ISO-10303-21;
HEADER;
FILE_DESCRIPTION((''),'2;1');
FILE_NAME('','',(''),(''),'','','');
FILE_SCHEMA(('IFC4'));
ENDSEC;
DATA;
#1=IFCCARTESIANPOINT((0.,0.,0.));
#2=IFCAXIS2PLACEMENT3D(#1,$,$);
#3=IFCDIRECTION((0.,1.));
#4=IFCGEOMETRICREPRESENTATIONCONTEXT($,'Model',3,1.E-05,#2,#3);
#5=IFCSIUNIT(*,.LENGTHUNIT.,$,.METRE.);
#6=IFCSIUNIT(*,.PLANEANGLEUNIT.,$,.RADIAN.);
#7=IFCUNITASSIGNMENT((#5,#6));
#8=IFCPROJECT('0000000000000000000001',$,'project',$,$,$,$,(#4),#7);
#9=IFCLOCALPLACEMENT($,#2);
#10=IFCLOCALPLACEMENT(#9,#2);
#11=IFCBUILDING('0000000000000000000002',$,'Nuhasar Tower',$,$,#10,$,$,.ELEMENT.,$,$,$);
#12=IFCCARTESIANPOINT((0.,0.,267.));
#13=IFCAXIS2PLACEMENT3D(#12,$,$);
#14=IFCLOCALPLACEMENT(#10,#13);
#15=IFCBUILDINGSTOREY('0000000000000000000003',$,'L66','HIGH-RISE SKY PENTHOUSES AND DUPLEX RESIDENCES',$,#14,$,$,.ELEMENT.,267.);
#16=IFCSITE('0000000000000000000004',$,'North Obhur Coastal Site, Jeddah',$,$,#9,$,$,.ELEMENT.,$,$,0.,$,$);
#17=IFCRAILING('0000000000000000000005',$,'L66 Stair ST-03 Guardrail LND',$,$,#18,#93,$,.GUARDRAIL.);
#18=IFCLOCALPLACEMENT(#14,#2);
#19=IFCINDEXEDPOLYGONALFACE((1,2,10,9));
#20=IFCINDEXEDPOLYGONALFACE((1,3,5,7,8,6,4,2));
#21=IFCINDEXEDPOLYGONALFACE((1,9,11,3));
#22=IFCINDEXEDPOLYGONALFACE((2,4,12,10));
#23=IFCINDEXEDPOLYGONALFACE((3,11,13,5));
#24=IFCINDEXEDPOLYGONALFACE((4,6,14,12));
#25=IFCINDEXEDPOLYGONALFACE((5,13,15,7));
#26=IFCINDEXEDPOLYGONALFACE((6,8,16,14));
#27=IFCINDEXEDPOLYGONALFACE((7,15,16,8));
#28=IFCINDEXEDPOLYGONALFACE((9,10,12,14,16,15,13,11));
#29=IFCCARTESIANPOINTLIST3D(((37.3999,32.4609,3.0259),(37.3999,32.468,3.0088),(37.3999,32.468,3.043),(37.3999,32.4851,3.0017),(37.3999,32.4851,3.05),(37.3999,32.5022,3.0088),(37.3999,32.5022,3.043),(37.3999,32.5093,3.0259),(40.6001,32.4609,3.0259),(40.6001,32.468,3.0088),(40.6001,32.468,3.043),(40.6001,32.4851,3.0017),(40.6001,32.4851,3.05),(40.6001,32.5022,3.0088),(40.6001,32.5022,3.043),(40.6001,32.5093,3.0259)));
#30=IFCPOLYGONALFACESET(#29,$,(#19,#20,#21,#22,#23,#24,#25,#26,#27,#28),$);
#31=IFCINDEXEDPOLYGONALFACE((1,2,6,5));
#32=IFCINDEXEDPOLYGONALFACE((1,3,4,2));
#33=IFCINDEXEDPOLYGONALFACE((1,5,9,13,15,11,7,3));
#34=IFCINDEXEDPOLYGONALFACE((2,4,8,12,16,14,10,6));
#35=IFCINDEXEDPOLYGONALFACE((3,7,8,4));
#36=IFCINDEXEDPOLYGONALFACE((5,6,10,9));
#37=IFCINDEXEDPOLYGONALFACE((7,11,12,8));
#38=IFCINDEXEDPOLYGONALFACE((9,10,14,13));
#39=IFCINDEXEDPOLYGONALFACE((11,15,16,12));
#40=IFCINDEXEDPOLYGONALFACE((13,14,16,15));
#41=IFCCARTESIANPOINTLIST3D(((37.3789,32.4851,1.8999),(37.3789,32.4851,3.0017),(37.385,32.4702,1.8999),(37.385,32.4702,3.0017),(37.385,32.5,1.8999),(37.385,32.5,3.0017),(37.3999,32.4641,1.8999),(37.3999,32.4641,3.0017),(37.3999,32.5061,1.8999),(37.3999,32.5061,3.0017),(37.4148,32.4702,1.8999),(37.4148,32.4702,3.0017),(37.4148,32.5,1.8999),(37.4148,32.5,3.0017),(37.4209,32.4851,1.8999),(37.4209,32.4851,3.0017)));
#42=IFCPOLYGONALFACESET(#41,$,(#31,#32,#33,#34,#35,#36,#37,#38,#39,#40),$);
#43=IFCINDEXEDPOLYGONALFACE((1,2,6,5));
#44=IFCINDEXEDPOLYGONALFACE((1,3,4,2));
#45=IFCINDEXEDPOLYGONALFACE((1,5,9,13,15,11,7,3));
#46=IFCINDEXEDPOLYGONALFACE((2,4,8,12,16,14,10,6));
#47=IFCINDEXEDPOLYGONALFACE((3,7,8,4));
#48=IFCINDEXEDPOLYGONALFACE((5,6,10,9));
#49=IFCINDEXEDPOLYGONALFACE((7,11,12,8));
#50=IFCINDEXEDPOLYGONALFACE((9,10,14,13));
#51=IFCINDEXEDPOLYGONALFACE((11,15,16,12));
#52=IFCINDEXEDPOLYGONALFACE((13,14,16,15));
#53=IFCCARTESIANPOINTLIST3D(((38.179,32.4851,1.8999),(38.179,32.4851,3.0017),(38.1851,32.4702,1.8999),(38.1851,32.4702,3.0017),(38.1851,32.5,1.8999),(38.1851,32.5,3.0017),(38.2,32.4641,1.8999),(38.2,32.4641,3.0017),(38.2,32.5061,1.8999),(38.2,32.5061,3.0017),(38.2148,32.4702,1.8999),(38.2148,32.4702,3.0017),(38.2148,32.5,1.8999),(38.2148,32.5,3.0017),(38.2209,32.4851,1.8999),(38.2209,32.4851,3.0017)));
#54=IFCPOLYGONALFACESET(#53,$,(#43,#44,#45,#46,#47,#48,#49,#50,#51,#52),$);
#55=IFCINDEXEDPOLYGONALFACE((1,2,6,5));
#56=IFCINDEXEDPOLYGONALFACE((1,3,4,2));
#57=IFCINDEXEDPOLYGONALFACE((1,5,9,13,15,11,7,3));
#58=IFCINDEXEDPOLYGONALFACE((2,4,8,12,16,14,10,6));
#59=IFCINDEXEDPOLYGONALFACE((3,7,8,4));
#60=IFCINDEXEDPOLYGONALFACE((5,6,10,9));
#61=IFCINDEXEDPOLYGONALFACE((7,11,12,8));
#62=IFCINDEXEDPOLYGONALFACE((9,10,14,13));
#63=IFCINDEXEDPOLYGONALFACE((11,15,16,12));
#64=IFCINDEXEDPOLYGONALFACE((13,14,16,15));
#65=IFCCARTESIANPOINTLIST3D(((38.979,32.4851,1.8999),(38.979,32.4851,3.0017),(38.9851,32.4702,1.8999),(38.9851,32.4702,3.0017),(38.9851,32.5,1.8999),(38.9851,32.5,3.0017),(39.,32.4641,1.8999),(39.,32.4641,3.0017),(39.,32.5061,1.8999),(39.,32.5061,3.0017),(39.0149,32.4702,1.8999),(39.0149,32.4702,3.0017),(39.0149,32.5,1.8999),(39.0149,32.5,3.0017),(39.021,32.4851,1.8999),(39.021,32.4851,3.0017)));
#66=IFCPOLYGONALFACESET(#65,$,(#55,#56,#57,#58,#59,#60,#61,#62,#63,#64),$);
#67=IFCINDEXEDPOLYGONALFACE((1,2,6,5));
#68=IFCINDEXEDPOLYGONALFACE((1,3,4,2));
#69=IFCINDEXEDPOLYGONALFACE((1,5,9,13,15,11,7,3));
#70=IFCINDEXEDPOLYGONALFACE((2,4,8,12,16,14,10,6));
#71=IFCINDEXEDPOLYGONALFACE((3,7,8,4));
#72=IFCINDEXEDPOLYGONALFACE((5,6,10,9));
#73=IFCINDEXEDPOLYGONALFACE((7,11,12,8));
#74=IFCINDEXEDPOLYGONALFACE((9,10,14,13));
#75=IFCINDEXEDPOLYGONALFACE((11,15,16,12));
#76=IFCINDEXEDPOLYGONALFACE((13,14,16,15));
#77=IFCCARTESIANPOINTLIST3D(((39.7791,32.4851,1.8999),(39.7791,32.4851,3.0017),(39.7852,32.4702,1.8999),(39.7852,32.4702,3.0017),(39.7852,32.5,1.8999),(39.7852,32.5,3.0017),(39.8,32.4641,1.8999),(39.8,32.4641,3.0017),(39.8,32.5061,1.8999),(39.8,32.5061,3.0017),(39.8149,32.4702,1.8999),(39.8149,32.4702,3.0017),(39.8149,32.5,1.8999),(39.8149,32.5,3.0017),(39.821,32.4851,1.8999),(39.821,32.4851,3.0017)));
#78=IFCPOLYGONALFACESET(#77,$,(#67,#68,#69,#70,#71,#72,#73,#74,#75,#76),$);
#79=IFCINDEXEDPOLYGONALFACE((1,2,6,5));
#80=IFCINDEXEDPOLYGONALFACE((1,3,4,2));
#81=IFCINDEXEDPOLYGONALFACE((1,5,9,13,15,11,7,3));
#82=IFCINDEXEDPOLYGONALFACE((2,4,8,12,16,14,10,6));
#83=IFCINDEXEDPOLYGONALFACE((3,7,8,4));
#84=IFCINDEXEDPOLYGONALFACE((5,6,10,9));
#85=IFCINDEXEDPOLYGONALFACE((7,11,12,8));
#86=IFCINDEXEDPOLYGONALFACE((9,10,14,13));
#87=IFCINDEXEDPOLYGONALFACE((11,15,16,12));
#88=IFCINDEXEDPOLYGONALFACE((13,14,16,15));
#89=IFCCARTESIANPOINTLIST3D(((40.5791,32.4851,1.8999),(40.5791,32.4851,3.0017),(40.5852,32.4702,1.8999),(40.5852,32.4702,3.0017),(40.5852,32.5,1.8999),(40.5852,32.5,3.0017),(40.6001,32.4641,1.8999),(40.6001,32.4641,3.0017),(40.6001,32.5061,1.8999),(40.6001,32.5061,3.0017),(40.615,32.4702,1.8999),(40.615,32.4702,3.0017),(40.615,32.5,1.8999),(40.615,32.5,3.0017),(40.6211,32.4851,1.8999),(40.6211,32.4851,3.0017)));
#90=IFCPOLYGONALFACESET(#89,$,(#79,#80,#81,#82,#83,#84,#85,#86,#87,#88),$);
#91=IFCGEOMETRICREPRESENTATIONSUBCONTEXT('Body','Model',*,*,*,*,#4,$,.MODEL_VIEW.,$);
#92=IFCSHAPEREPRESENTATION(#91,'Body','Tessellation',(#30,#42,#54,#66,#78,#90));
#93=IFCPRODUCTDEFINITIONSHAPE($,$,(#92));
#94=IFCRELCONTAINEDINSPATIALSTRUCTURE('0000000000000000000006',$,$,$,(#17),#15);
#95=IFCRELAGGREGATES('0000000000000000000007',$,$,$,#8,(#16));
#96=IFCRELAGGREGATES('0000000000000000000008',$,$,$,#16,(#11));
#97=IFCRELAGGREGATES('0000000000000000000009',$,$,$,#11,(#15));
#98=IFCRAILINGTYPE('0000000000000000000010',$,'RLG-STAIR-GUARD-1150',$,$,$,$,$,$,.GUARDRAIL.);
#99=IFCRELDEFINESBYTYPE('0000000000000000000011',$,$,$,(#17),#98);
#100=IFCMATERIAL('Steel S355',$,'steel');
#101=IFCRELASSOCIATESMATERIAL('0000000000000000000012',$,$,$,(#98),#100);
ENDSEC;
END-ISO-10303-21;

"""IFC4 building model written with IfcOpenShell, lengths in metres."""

from ifc_helpers import new_model, si_unit, direction, frame, origin, place, context, subcontext, project, spatial, polyline, outline, extrude, material, type_object, element, save


model = new_model("IFC4")

# Units and contexts
model_context = context("Model", 3, precision=1e-05, world=origin(), true_north=direction((0.0, 1.0)))
body_context = subcontext(model_context, "Body", "Model", "MODEL_VIEW")
ifc_project = project(units=[si_unit("LENGTHUNIT", "METRE"), si_unit("PLANEANGLEUNIT", "RADIAN")], contexts=[model_context])

# Site, building, storey
site_placement = place(None, origin())
site = spatial("IfcSite", under=ifc_project, at=site_placement, Name="North Obhur Coastal Site, Jeddah", CompositionType="ELEMENT", RefElevation=0.0)
building_placement = place(site_placement, origin())
building = spatial("IfcBuilding", under=site, at=building_placement, Name="Nuhasar Tower", CompositionType="ELEMENT")
storey_placement = place(building_placement, frame((0.0, 0.0, 267.0)))
storey = spatial("IfcBuildingStorey", under=building, at=storey_placement, Name="L66", Description="HIGH-RISE SKY PENTHOUSES AND DUPLEX RESIDENCES", CompositionType="ELEMENT", Elevation=267.0)

# Shared definitions
ifc_material_1 = material(Name="Steel S355", Category="steel")

# Railing
railing_type_1 = type_object("IfcRailingType", Name="RLG-STAIR-GUARD-1150", PredefinedType="GUARDRAIL", material=ifc_material_1)
railing_1_placement = place(storey_placement, frame((37.3999, 32.4851, 1.8999)))
element("IfcRailing", 1, at=railing_1_placement, inside=storey, type_object=railing_type_1, Name="L66 Stair ST-03 Guardrail LND", PredefinedType="GUARDRAIL", context=body_context, shape_type="SweptSolid", body=[
    extrude(outline(polyline([(0.0242, 0.0), (0.0171, 0.0171), (0.0, 0.0242), (-0.0171, 0.0171), (-0.0242, 0.0), (-0.0171, -0.0171), (0.0, -0.0242), (0.0171, -0.0171), (0.0242, 0.0)])), frame((0.0, 0.0, 1.126), z_axis=(1.0, 0.0, 0.0), x_axis=(0.0, 1.0, 0.0)), (0.0, 0.0, 1.0), 3.2002),
    extrude(outline(polyline([(0.021, 0.0), (0.0149, 0.0149), (0.0, 0.021), (-0.0149, 0.0149), (-0.021, 0.0), (-0.0149, -0.0149), (0.0, -0.021), (0.0149, -0.0149), (0.021, 0.0)])), origin(), (0.0, 0.0, 1.0), 1.1018),
    extrude(outline(polyline([(0.021, 0.0), (0.0149, 0.0149), (0.0, 0.021), (-0.0149, 0.0149), (-0.021, 0.0), (-0.0149, -0.0149), (0.0, -0.021), (0.0149, -0.0149), (0.021, 0.0)])), frame((0.8, 0.0, 0.0)), (0.0, 0.0, 1.0), 1.1018),
    extrude(outline(polyline([(0.021, 0.0), (0.0149, 0.0149), (0.0, 0.021), (-0.0149, 0.0149), (-0.021, 0.0), (-0.0149, -0.0149), (0.0, -0.021), (0.0149, -0.0149), (0.021, 0.0)])), frame((1.6001, 0.0, 0.0)), (0.0, 0.0, 1.0), 1.1018),
    extrude(outline(polyline([(0.021, 0.0), (0.0149, 0.0149), (0.0, 0.021), (-0.0149, 0.0149), (-0.021, 0.0), (-0.0149, -0.0149), (0.0, -0.021), (0.0149, -0.0149), (0.021, 0.0)])), frame((2.4001, 0.0, 0.0)), (0.0, 0.0, 1.0), 1.1018),
    extrude(outline(polyline([(0.021, 0.0), (0.0149, 0.0149), (0.0, 0.021), (-0.0149, 0.0149), (-0.021, 0.0), (-0.0149, -0.0149), (0.0, -0.021), (0.0149, -0.0149), (0.021, 0.0)])), frame((3.2002, 0.0, 0.0)), (0.0, 0.0, 1.0), 1.1018),
])

save(model, "model.ifc")
